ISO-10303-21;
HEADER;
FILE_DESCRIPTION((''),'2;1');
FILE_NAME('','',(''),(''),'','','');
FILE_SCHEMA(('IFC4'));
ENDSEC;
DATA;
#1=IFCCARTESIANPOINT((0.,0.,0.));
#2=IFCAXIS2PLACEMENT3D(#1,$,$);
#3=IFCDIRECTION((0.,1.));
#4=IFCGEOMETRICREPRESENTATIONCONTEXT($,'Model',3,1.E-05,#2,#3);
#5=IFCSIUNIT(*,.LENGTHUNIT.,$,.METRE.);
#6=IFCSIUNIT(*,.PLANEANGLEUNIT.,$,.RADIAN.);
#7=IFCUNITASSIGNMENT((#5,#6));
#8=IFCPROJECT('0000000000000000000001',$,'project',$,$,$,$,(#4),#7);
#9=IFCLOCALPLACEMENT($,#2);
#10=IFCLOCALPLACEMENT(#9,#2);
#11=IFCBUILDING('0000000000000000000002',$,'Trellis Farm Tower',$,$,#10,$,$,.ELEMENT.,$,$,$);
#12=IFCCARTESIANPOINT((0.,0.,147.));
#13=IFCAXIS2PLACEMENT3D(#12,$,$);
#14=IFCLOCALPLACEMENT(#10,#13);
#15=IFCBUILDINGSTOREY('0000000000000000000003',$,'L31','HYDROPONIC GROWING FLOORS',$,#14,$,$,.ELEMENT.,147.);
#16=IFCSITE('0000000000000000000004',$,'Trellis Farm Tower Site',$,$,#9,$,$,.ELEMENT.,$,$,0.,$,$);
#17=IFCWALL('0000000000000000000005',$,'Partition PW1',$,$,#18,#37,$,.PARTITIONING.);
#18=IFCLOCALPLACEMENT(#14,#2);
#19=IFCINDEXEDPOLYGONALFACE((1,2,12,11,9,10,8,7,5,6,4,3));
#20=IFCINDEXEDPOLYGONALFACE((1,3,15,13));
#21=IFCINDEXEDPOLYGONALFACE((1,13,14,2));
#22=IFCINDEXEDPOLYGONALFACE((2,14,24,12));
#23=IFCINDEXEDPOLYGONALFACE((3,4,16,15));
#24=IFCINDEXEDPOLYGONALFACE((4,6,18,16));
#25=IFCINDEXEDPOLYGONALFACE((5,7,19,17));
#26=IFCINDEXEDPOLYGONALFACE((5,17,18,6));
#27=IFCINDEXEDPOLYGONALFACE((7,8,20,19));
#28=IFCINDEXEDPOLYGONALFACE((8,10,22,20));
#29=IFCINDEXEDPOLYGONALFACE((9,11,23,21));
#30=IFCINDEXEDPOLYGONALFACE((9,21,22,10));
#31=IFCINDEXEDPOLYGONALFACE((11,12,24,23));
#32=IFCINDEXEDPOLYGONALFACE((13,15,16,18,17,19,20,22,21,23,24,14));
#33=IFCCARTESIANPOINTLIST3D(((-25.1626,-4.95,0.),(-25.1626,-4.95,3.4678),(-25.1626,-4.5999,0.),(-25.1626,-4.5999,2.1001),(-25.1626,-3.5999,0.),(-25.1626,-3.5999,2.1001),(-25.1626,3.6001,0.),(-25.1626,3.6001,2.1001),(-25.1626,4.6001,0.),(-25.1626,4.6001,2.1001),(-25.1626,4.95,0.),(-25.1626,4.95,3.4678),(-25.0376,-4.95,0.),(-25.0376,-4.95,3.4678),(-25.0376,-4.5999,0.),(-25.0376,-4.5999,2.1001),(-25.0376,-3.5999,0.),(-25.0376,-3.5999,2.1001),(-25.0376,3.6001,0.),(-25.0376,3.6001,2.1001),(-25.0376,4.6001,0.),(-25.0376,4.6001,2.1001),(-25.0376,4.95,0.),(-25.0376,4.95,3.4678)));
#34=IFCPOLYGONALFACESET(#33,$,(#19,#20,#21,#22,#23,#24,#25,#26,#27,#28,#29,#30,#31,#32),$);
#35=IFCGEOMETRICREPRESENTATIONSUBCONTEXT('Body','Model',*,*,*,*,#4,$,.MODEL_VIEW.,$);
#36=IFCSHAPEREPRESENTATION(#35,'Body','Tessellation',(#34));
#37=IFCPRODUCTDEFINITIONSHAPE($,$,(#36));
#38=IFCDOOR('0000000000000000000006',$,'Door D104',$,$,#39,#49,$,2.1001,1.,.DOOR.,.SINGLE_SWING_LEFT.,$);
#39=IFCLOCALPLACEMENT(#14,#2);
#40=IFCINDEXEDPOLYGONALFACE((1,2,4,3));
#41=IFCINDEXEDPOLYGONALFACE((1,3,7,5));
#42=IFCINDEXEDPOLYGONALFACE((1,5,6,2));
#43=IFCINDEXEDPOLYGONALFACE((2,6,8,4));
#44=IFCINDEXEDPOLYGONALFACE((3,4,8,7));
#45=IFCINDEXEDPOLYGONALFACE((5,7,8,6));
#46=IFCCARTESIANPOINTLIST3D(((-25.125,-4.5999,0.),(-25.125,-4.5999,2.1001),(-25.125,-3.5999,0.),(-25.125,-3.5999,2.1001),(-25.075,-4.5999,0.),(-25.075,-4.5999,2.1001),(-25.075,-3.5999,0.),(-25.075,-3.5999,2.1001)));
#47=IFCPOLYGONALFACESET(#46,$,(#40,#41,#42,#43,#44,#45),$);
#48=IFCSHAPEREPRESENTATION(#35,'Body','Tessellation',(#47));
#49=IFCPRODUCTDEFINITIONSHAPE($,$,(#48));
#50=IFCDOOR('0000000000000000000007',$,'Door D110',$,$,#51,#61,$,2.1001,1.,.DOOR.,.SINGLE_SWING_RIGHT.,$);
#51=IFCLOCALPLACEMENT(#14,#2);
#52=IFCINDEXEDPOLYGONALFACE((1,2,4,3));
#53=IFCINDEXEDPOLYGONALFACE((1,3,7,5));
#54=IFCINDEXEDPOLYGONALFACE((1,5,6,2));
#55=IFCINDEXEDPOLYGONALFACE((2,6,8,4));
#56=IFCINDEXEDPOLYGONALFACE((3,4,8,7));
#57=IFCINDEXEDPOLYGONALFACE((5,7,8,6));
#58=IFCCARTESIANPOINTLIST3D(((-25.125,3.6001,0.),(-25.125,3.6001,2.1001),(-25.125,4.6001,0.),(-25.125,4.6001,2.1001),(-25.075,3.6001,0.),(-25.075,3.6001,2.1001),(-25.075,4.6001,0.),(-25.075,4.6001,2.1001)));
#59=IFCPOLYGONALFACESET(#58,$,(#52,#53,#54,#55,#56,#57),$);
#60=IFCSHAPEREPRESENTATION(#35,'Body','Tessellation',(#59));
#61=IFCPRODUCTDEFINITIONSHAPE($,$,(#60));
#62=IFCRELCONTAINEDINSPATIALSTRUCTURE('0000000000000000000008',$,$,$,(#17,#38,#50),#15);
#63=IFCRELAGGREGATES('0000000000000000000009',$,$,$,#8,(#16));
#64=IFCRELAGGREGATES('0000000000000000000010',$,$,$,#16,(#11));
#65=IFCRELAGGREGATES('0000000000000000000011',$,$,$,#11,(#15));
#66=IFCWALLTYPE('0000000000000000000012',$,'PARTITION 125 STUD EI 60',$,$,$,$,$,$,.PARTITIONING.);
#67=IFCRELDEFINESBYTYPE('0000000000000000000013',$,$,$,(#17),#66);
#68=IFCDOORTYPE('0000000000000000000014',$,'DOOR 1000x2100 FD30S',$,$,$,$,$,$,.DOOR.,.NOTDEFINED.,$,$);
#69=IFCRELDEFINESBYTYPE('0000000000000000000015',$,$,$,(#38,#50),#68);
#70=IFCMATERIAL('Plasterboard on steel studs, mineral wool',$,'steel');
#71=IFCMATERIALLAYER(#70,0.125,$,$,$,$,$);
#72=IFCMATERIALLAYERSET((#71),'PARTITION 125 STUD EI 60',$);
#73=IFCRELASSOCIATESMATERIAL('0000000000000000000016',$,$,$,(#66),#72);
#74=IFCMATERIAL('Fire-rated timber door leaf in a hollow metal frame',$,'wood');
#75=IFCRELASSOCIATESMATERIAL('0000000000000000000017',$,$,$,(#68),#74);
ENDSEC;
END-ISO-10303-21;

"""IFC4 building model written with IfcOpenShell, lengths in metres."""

from ifc_helpers import new_model, si_unit, direction, frame, frame_2d, origin, place, context, subcontext, project, spatial, rectangle, extrude, source, transform, mapped, material, layer, layer_set, type_object, element, fill, save


model = new_model("IFC4")

# Units and contexts
model_context = context("Model", 3, precision=1e-05, world=origin(), true_north=direction((0.0, 1.0)))
body_context = subcontext(model_context, "Body", "Model", "MODEL_VIEW")
ifc_project = project(units=[si_unit("LENGTHUNIT", "METRE"), si_unit("PLANEANGLEUNIT", "RADIAN")], contexts=[model_context])

# Site, building, storey
site_placement = place(None, origin())
site = spatial("IfcSite", under=ifc_project, at=site_placement, Name="Trellis Farm Tower Site", CompositionType="ELEMENT", RefElevation=0.0)
building_placement = place(site_placement, origin())
building = spatial("IfcBuilding", under=site, at=building_placement, Name="Trellis Farm Tower", CompositionType="ELEMENT")
storey_placement = place(building_placement, frame((0.0, 0.0, 147.0)))
storey = spatial("IfcBuildingStorey", under=building, at=storey_placement, Name="L31", Description="HYDROPONIC GROWING FLOORS", CompositionType="ELEMENT", Elevation=147.0)

# Wall, openings, doors
ifc_material_1 = material(Name="Plasterboard on steel studs, mineral wool", Category="steel")
ifc_layer_1 = layer(ifc_material_1, 0.125)
ifc_layer_set_1 = layer_set([ifc_layer_1], Name="PARTITION 125 STUD EI 60")
wall_type_1 = type_object("IfcWallType", Name="PARTITION 125 STUD EI 60", PredefinedType="PARTITIONING", material=ifc_layer_set_1)
shared_shape_1 = source(origin(), body_context, "Body", "SweptSolid", [
    extrude(rectangle(XDim=9.8999, YDim=0.125, at=frame_2d((4.95, 0.0))), origin(), (0.0, 0.0, 1.0), 3.4678),
])
wall_1_placement = place(storey_placement, frame((-25.1001, -4.95, 0.0), z_axis=(0.0, 0.0, 1.0), x_axis=(0.0, 1.0, 0.0)))
wall_1 = element("IfcWall", 1, at=wall_1_placement, inside=storey, type_object=wall_type_1, Name="Partition PW1", PredefinedType="PARTITIONING", context=body_context, shape_type="MappedRepresentation", body=[
    mapped(shared_shape_1, transform((0.0, 0.0, 0.0))),
])
shared_shape_2 = source(origin(), body_context, "Body", "SweptSolid", [
    extrude(rectangle(XDim=1.0, YDim=2.1001, at=frame_2d((0.5, 1.05))), frame((0.0, 0.0725, 0.0), z_axis=(0.0, -1.0, 0.0), x_axis=(1.0, 0.0, 0.0)), (0.0, 0.0, 1.0), 0.145),
])
opening_1_placement = place(wall_1_placement, frame((0.3501, 0.0, 0.0)))
opening_1 = element("IfcOpeningElement", 2, at=opening_1_placement, cuts=wall_1, PredefinedType="OPENING", context=body_context, shape_type="MappedRepresentation", body=[
    mapped(shared_shape_2, transform((0.0, 0.0, 0.0))),
])
opening_2_placement = place(wall_1_placement, frame((8.55, 0.0, 0.0)))
opening_2 = element("IfcOpeningElement", 3, at=opening_2_placement, cuts=wall_1, PredefinedType="OPENING", context=body_context, shape_type="MappedRepresentation", body=[
    mapped(shared_shape_2, transform((0.0, 0.0, 0.0))),
])
ifc_material_2 = material(Name="Fire-rated timber door leaf in a hollow metal frame", Category="wood")
door_type_1 = type_object("IfcDoorType", Name="DOOR 1000x2100 FD30S", OperationType="NOTDEFINED", PredefinedType="DOOR", material=ifc_material_2)
shared_shape_3 = source(origin(), body_context, "Body", "SweptSolid", [
    extrude(rectangle(XDim=1.0, YDim=2.1001, at=frame_2d((0.5, 1.05))), frame((0.0, 0.0249, 0.0), z_axis=(0.0, -1.0, 0.0), x_axis=(1.0, 0.0, 0.0)), (0.0, 0.0, 1.0), 0.05),
])
door_1_placement = place(opening_1_placement, origin())
door_1 = element("IfcDoor", 4, at=door_1_placement, inside=storey, type_object=door_type_1, Name="Door D104", OperationType="SINGLE_SWING_LEFT", OverallHeight=2.1001, OverallWidth=1.0, PredefinedType="DOOR", context=body_context, shape_type="MappedRepresentation", body=[
    mapped(shared_shape_3, transform((0.0, 0.0, 0.0))),
])
fill(opening_1, door_1)
door_2_placement = place(opening_2_placement, origin())
door_2 = element("IfcDoor", 5, at=door_2_placement, inside=storey, type_object=door_type_1, Name="Door D110", OperationType="SINGLE_SWING_RIGHT", OverallHeight=2.1001, OverallWidth=1.0, PredefinedType="DOOR", context=body_context, shape_type="MappedRepresentation", body=[
    mapped(shared_shape_3, transform((0.0, 0.0, 0.0))),
])
fill(opening_2, door_2)

save(model, "model.ifc")
